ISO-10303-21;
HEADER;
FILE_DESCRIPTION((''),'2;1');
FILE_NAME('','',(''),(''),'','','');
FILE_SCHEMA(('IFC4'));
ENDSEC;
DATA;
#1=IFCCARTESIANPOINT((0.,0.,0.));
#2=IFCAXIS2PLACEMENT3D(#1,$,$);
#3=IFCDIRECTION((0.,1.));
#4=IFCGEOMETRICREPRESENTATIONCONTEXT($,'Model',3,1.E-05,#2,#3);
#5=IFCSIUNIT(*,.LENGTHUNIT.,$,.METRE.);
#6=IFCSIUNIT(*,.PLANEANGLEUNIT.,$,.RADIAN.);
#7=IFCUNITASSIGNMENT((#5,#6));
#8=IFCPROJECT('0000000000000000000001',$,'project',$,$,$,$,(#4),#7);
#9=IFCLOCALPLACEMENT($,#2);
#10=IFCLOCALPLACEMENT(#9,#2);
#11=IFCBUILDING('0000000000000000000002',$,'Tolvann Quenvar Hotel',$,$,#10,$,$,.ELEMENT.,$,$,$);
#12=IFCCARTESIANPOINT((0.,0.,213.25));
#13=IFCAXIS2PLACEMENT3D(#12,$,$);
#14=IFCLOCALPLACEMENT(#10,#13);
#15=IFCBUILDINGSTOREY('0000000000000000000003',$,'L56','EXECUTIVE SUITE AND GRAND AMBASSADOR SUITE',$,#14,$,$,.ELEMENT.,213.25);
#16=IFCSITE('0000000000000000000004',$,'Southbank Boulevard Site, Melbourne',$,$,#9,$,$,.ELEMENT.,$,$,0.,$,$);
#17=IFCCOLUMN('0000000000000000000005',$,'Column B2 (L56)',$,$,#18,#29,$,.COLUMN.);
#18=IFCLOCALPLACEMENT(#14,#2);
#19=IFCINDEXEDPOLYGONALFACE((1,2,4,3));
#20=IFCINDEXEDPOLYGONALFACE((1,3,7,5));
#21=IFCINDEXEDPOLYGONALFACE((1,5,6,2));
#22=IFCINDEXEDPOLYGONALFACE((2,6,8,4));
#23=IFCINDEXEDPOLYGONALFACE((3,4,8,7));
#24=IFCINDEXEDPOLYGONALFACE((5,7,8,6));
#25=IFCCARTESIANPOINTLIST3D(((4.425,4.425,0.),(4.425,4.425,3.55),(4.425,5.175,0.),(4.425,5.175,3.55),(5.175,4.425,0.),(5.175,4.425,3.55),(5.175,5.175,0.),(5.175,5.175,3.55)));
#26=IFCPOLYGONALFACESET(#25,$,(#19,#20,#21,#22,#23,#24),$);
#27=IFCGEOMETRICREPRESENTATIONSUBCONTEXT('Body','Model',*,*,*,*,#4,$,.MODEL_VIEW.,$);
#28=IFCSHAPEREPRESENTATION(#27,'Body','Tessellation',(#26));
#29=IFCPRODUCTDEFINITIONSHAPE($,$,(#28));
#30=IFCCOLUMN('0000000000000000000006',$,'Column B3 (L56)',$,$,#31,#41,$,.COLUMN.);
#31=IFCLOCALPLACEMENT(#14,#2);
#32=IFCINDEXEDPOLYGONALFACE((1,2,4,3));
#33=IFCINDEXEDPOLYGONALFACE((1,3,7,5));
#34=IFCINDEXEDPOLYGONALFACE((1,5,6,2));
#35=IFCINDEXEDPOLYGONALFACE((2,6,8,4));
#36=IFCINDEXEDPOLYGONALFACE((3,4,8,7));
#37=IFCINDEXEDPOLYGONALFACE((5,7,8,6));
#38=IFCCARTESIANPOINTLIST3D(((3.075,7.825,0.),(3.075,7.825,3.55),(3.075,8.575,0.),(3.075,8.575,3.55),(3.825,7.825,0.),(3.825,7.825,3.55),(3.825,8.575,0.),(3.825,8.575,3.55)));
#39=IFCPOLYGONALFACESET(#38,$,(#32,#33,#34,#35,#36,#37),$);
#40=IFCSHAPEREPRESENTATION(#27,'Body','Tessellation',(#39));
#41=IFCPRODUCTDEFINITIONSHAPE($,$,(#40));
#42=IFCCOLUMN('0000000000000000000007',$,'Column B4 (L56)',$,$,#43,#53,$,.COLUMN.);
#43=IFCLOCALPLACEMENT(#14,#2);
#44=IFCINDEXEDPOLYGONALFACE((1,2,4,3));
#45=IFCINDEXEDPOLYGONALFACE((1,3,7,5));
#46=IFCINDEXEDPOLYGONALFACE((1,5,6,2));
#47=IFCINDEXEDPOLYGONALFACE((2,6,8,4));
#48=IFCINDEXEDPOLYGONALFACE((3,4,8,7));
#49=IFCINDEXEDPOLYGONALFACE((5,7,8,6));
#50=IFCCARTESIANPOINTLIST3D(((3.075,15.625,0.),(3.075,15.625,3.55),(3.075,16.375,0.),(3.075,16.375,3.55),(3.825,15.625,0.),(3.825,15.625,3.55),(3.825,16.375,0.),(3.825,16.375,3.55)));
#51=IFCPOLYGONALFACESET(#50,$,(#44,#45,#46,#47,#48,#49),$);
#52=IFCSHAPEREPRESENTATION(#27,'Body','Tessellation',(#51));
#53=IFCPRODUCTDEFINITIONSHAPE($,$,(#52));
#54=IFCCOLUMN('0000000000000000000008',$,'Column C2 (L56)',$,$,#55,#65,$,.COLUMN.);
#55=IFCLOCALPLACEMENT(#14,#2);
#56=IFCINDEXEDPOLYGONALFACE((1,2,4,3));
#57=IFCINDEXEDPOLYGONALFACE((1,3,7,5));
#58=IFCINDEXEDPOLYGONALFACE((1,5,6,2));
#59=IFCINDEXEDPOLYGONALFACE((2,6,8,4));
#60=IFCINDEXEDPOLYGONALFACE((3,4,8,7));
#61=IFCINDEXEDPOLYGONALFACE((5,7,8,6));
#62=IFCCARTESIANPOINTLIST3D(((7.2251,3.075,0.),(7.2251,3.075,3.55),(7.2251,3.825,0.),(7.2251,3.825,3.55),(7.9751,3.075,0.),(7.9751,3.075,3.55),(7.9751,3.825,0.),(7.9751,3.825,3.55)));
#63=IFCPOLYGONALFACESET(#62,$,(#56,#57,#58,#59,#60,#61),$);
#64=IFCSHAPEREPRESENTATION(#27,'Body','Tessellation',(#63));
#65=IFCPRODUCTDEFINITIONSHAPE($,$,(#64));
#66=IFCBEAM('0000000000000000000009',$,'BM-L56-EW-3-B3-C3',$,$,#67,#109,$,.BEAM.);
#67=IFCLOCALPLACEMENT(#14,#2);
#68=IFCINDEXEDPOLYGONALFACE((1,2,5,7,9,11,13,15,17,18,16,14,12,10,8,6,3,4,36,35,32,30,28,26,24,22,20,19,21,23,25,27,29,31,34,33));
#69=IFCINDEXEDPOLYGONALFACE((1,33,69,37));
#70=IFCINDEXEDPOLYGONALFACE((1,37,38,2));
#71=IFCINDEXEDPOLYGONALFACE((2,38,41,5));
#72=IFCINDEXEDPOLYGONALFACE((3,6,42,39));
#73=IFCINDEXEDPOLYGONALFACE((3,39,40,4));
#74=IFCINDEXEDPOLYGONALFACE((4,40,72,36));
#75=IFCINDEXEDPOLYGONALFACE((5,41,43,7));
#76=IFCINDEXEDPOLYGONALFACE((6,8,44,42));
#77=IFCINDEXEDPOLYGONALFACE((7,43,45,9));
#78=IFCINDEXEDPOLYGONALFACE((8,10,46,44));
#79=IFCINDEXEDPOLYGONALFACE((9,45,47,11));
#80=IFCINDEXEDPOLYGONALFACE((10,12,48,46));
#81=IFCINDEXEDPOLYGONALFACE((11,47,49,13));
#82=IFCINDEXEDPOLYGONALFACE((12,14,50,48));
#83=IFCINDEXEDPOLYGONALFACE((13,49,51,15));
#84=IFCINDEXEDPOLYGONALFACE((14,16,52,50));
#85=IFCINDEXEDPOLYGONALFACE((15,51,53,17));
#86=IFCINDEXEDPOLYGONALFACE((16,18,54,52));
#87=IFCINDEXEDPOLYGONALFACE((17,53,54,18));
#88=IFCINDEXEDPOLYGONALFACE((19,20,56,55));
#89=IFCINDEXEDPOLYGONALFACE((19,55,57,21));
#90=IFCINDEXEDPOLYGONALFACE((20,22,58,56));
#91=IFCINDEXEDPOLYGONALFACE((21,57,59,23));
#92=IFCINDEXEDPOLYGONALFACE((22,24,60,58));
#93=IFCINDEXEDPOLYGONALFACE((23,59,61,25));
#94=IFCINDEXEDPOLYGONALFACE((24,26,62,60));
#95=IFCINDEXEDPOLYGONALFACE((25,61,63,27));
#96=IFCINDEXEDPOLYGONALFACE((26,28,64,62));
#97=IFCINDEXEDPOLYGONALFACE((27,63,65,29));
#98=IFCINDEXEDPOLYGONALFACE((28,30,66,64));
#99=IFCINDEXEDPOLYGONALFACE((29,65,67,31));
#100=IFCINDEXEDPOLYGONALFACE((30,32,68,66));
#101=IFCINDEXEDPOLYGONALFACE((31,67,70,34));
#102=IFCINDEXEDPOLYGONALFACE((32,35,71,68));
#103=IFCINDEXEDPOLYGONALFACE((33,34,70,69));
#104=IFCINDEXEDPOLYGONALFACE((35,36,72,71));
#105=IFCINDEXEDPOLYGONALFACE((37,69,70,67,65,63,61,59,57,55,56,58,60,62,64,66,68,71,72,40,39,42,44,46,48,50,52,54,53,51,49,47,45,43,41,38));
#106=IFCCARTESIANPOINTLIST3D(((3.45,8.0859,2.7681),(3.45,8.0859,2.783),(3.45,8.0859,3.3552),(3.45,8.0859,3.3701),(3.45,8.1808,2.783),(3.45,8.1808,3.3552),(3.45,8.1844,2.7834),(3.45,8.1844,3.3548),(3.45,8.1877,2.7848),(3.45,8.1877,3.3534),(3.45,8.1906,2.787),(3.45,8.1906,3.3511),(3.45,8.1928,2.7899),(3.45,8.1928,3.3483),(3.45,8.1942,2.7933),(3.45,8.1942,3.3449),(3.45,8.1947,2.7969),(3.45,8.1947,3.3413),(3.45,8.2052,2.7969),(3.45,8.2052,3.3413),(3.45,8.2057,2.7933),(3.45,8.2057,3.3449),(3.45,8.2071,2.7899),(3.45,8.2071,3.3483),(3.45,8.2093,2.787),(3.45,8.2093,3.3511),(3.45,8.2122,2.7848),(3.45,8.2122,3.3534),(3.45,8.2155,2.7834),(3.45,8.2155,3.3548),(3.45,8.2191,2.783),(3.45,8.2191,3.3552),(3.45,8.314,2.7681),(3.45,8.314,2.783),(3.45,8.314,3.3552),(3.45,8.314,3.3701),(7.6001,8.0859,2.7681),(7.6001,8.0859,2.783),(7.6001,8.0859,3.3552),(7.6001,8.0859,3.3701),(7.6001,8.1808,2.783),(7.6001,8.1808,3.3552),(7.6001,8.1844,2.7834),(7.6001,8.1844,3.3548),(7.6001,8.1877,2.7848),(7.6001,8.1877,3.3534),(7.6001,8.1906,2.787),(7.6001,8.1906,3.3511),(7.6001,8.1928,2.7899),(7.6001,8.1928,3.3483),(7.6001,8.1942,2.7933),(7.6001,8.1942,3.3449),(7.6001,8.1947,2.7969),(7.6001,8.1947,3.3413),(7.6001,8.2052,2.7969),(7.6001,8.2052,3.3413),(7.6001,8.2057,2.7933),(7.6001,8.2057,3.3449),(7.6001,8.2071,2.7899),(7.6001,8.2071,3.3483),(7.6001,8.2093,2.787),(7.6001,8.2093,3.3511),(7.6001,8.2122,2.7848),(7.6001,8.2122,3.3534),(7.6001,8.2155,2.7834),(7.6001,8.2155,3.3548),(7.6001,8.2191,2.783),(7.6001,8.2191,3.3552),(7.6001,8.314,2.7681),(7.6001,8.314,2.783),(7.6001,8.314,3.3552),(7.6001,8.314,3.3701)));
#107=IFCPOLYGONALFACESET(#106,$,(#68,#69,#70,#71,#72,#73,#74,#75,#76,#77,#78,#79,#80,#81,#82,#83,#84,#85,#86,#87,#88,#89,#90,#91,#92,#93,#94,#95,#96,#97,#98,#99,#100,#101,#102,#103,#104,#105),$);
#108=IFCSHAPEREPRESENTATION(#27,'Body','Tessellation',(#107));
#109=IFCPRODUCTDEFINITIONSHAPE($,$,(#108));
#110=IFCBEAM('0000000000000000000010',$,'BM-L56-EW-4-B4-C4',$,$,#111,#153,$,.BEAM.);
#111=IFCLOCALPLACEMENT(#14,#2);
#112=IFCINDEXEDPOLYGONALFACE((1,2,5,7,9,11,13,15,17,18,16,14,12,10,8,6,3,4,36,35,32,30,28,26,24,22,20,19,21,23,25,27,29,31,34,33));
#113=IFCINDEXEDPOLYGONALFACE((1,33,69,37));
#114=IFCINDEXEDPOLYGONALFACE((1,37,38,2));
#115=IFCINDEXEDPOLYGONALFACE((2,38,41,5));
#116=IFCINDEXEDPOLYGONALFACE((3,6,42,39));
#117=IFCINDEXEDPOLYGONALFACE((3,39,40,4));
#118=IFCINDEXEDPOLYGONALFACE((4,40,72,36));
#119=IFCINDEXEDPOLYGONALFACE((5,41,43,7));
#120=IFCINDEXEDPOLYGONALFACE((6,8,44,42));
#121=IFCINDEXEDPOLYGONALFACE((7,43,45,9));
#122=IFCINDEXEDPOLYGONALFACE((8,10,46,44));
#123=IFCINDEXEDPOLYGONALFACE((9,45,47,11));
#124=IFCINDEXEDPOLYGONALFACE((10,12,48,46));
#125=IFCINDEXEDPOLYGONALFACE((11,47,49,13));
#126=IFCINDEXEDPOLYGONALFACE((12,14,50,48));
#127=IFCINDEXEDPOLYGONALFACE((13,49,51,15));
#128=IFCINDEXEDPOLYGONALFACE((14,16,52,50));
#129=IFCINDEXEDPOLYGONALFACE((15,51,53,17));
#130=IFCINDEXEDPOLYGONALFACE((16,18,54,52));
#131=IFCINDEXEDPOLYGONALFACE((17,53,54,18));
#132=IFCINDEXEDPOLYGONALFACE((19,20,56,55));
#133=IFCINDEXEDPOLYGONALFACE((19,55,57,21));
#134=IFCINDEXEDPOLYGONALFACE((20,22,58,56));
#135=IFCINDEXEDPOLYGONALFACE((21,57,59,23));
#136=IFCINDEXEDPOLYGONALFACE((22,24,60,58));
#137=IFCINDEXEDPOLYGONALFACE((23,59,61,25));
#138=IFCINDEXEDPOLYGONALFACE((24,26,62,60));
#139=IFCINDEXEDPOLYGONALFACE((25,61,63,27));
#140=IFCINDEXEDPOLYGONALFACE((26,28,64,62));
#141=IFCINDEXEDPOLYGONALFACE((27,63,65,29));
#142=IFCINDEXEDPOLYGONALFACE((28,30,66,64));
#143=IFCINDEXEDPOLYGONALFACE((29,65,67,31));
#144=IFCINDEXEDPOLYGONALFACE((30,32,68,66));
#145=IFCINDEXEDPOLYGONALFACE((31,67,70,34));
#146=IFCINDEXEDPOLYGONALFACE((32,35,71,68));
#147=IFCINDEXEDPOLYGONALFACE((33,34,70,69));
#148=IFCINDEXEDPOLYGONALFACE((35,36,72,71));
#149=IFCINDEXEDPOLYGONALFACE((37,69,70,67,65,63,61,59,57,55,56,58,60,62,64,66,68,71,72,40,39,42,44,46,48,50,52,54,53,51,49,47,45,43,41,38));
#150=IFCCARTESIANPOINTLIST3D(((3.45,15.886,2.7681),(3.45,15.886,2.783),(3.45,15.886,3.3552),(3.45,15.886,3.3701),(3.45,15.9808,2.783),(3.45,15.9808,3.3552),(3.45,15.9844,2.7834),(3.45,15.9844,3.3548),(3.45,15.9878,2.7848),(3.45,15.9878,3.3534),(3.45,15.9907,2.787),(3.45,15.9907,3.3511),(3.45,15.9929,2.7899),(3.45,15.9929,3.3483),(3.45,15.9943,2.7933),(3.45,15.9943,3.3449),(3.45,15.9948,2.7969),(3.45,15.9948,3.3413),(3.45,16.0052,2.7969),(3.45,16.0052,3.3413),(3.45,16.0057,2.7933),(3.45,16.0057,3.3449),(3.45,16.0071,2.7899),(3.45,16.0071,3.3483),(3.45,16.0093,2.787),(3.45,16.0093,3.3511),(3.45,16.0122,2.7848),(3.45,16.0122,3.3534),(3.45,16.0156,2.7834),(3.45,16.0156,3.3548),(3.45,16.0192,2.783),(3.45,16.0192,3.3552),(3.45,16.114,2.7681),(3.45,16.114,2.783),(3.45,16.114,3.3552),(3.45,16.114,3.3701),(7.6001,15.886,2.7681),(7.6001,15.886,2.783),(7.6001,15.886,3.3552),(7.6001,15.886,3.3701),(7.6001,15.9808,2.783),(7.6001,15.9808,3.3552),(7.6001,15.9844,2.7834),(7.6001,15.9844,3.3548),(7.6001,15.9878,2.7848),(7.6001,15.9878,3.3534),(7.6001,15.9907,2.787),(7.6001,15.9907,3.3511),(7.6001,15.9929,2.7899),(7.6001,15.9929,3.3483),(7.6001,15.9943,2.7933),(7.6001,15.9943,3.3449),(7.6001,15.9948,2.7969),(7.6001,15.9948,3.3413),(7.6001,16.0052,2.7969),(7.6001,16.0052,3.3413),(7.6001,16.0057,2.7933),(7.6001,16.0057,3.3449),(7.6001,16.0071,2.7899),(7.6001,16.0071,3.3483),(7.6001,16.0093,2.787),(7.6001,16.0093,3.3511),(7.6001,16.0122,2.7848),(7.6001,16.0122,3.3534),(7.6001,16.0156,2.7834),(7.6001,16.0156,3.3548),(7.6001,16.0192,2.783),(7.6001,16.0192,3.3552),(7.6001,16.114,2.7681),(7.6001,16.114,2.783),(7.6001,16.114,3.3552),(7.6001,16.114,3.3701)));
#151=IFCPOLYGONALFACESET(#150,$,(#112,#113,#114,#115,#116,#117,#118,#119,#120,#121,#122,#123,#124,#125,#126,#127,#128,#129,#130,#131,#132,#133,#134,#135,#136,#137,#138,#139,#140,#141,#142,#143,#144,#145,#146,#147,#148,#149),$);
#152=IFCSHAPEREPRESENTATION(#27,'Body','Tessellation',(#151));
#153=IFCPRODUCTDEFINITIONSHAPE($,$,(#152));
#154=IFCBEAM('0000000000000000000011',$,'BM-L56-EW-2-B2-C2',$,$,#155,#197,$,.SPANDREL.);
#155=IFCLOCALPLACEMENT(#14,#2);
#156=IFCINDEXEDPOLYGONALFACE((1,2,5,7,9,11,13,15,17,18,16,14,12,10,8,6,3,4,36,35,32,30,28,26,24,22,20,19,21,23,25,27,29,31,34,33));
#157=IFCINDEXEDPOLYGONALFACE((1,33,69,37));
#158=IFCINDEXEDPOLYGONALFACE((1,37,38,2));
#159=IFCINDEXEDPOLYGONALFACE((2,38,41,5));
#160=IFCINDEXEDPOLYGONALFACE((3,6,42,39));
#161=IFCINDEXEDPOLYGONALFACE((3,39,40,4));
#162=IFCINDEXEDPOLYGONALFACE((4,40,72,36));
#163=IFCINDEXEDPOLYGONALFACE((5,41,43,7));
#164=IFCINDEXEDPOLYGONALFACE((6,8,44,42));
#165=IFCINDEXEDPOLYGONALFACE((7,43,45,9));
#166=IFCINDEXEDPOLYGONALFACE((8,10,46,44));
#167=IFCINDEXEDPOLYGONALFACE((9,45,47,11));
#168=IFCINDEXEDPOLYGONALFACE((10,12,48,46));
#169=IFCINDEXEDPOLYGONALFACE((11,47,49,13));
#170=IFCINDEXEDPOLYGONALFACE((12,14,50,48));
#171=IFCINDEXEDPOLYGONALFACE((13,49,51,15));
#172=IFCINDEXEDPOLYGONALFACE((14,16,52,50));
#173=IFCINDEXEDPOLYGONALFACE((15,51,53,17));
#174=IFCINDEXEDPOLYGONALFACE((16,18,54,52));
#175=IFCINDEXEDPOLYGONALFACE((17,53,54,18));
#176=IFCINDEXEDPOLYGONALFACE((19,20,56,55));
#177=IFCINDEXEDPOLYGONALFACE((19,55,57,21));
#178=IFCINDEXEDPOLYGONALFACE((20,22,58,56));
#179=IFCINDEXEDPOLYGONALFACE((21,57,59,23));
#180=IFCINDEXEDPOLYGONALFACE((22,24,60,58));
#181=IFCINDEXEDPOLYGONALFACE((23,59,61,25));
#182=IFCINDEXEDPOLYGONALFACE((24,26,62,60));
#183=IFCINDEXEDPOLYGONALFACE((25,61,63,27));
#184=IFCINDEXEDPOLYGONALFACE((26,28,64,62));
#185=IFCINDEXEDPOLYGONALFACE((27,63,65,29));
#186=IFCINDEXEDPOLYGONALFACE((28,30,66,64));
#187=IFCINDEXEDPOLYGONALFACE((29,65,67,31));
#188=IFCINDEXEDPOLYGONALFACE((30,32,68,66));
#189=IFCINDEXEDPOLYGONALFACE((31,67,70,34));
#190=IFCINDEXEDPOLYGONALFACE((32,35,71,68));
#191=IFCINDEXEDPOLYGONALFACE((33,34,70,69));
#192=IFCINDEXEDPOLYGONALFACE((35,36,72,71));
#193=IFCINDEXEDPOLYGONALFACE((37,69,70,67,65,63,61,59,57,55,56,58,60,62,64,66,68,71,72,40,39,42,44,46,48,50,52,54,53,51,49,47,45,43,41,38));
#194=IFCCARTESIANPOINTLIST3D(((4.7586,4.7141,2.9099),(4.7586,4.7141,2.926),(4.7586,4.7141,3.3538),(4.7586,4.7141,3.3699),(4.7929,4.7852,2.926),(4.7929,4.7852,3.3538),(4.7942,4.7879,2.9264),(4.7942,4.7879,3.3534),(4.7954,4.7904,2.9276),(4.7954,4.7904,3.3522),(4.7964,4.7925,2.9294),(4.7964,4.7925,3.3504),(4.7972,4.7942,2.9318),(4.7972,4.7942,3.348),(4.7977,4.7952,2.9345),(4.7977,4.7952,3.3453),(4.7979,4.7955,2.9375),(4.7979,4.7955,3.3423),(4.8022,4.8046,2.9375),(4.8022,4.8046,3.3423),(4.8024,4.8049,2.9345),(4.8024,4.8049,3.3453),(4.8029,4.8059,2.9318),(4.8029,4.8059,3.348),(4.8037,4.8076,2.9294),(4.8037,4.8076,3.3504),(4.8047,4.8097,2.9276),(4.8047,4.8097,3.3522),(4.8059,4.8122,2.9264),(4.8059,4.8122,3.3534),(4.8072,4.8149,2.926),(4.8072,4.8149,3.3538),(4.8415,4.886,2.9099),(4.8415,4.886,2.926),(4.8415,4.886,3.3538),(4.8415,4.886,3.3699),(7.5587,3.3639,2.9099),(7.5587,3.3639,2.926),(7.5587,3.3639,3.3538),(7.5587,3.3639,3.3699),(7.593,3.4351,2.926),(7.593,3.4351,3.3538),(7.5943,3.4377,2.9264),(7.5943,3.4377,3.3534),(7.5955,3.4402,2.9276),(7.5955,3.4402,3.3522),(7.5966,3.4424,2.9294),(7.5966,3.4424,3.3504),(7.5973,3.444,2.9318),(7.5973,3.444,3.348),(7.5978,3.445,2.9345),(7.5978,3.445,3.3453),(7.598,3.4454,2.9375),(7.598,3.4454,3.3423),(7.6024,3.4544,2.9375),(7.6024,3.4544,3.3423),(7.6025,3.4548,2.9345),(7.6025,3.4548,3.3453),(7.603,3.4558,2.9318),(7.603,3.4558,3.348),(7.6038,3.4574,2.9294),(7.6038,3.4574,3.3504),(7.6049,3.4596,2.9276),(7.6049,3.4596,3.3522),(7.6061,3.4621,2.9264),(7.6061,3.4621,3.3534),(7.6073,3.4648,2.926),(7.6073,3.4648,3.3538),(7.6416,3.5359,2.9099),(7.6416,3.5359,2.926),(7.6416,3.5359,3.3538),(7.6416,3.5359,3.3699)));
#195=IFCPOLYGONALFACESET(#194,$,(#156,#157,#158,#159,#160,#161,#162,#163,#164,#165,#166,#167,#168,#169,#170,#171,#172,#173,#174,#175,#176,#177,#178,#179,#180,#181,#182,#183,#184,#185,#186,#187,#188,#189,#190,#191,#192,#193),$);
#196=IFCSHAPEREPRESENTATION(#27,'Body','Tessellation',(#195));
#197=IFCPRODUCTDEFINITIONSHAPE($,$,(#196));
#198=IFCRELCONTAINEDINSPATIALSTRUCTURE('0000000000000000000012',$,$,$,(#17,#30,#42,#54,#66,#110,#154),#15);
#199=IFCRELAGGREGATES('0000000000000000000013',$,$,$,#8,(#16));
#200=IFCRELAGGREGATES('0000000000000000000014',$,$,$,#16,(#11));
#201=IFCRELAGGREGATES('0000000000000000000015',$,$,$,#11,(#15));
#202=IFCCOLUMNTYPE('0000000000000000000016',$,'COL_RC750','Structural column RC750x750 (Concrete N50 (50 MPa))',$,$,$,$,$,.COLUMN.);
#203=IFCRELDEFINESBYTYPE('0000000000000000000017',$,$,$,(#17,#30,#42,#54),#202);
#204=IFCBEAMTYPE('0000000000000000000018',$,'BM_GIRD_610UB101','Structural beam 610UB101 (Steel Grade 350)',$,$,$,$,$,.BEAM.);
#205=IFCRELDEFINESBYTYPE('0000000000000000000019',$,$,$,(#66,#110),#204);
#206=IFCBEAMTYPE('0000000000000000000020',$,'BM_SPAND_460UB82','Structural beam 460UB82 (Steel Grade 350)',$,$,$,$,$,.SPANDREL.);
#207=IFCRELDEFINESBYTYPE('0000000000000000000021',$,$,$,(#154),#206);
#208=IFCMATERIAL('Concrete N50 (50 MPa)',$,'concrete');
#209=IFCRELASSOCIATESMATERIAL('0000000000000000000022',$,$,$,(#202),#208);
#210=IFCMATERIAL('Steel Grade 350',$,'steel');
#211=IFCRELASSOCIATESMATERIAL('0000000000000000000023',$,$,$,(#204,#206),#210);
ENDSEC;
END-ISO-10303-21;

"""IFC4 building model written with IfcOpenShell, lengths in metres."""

from ifc_helpers import new_model, si_unit, direction, frame, origin, origin_2d, place, context, subcontext, project, spatial, rectangle, i_section, extrude, source, transform, mapped, material, material_profile, profile_set, type_object, type_shapes, element, save


model = new_model("IFC4")

# Units and contexts
model_context = context("Model", 3, precision=1e-05, world=origin(), true_north=direction((0.0, 1.0)))
body_context = subcontext(model_context, "Body", "Model", "MODEL_VIEW")
ifc_project = project(units=[si_unit("LENGTHUNIT", "METRE"), si_unit("PLANEANGLEUNIT", "RADIAN")], contexts=[model_context])

# Site, building, storey
site_placement = place(None, origin())
site = spatial("IfcSite", under=ifc_project, at=site_placement, Name="Southbank Boulevard Site, Melbourne", CompositionType="ELEMENT", RefElevation=0.0)
building_placement = place(site_placement, origin())
building = spatial("IfcBuilding", under=site, at=building_placement, Name="Tolvann Quenvar Hotel", CompositionType="ELEMENT")
storey_placement = place(building_placement, frame((0.0, 0.0, 213.25)))
storey = spatial("IfcBuildingStorey", under=building, at=storey_placement, Name="L56", Description="EXECUTIVE SUITE AND GRAND AMBASSADOR SUITE", CompositionType="ELEMENT", Elevation=213.25)

# Columns
ifc_material_1 = material(Name="Concrete N50 (50 MPa)", Category="concrete")
ifc_material_profile_1 = material_profile(ifc_material_1, rectangle(XDim=0.75, YDim=0.75, at=origin_2d()), Name="RC750x750")
ifc_profile_set_1 = profile_set([ifc_material_profile_1], Name="Concrete N50 (50 MPa)")
column_type = type_object("IfcColumnType", Name="COL_RC750", Description="Structural column RC750x750 (Concrete N50 (50 MPa))", PredefinedType="COLUMN", material=ifc_profile_set_1)
shared_shape_1 = source(origin(), body_context, "Body", "SweptSolid", [
    extrude(rectangle(XDim=0.75, YDim=0.75, at=origin_2d()), origin(), (0.0, 0.0, 1.0), 3.55),
])
type_shapes(column_type, [shared_shape_1])
for number, where, z_axis, x_axis, name in (
    (1, (4.8, 4.8, 0.0), (0.0, 0.0, 1.0), (1.0, 0.0, 0.0), "Column B2 (L56)"),
    (2, (3.45, 8.2, 0.0), (0.0, 0.0, 1.0), (1.0, 0.0, 0.0), "Column B3 (L56)"),
    (3, (3.45, 16.0, 0.0), (0.0, 0.0, 1.0), (1.0, 0.0, 0.0), "Column B4 (L56)"),
    (4, (7.6001, 3.45, 0.0), (0.0, 0.0, 1.0), (1.0, 0.0, 0.0), "Column C2 (L56)"),
):
    element("IfcColumn", number, at=place(storey_placement, frame(where, z_axis=z_axis, x_axis=x_axis)), inside=storey, type_object=column_type, Name=name, PredefinedType="COLUMN", context=body_context, shape_type="MappedRepresentation", body=[
        mapped(shared_shape_1, transform((0.0, 0.0, 0.0), x_axis=(1.0, 0.0, 0.0), y_axis=(0.0, 1.0, 0.0), z_axis=(0.0, 0.0, 1.0), scale=1.0)),
    ])

# Beams
ifc_material_2 = material(Name="Steel Grade 350", Category="steel")
ifc_material_profile_2 = material_profile(ifc_material_2, i_section(OverallWidth=0.228, OverallDepth=0.6021, WebThickness=0.0105, FlangeThickness=0.0149, FilletRadius=0.0139, at=origin_2d()), Name="610UB101")
ifc_profile_set_2 = profile_set([ifc_material_profile_2], Name="Steel Grade 350")
beam_type_1 = type_object("IfcBeamType", Name="BM_GIRD_610UB101", Description="Structural beam 610UB101 (Steel Grade 350)", PredefinedType="BEAM", material=ifc_profile_set_2)
shared_shape_2 = source(origin(), body_context, "Body", "SweptSolid", [
    extrude(i_section(OverallWidth=0.228, OverallDepth=0.6021, WebThickness=0.0105, FlangeThickness=0.0149, FilletRadius=0.0139, at=origin_2d()), origin(), (0.0, 0.0, 1.0), 4.1501),
])
type_shapes(beam_type_1, [shared_shape_2])
for number, where, z_axis, x_axis, name in (
    (5, (3.45, 8.2, 3.0691), (1.0, 0.0, 0.0), (0.0, 1.0, 0.0), "BM-L56-EW-3-B3-C3"),
    (6, (3.45, 16.0, 3.0691), (1.0, 0.0, 0.0), (0.0, 1.0, 0.0), "BM-L56-EW-4-B4-C4"),
):
    element("IfcBeam", number, at=place(storey_placement, frame(where, z_axis=z_axis, x_axis=x_axis)), inside=storey, type_object=beam_type_1, Name=name, PredefinedType="BEAM", context=body_context, shape_type="MappedRepresentation", body=[
        mapped(shared_shape_2, transform((0.0, 0.0, 0.0), x_axis=(1.0, 0.0, 0.0), y_axis=(0.0, 1.0, 0.0), z_axis=(0.0, 0.0, 1.0), scale=1.0)),
    ])
ifc_material_profile_3 = material_profile(ifc_material_2, i_section(OverallWidth=0.1909, OverallDepth=0.46, WebThickness=0.01, FlangeThickness=0.0161, FilletRadius=0.0115, at=origin_2d()), Name="460UB82")
ifc_profile_set_3 = profile_set([ifc_material_profile_3], Name="Steel Grade 350")
beam_type_2 = type_object("IfcBeamType", Name="BM_SPAND_460UB82", Description="Structural beam 460UB82 (Steel Grade 350)", PredefinedType="SPANDREL", material=ifc_profile_set_3)
shared_shape_3 = source(origin(), body_context, "Body", "SweptSolid", [
    extrude(i_section(OverallWidth=0.1909, OverallDepth=0.46, WebThickness=0.01, FlangeThickness=0.0161, FilletRadius=0.0115, at=origin_2d()), origin(), (0.0, 0.0, 1.0), 3.1086),
])
beam_1_placement = place(storey_placement, frame((4.8, 4.8, 3.1399), z_axis=(0.900759, -0.434319, 0.0), x_axis=(0.434319, 0.900759, 0.0)))
element("IfcBeam", 7, at=beam_1_placement, inside=storey, type_object=beam_type_2, Name="BM-L56-EW-2-B2-C2", PredefinedType="SPANDREL", context=body_context, shape_type="MappedRepresentation", body=[
    mapped(shared_shape_3, transform((0.0, 0.0, 0.0), x_axis=(1.0, 0.0, 0.0), y_axis=(0.0, 1.0, 0.0), z_axis=(0.0, 0.0, 1.0), scale=1.0)),
])

save(model, "model.ifc")
